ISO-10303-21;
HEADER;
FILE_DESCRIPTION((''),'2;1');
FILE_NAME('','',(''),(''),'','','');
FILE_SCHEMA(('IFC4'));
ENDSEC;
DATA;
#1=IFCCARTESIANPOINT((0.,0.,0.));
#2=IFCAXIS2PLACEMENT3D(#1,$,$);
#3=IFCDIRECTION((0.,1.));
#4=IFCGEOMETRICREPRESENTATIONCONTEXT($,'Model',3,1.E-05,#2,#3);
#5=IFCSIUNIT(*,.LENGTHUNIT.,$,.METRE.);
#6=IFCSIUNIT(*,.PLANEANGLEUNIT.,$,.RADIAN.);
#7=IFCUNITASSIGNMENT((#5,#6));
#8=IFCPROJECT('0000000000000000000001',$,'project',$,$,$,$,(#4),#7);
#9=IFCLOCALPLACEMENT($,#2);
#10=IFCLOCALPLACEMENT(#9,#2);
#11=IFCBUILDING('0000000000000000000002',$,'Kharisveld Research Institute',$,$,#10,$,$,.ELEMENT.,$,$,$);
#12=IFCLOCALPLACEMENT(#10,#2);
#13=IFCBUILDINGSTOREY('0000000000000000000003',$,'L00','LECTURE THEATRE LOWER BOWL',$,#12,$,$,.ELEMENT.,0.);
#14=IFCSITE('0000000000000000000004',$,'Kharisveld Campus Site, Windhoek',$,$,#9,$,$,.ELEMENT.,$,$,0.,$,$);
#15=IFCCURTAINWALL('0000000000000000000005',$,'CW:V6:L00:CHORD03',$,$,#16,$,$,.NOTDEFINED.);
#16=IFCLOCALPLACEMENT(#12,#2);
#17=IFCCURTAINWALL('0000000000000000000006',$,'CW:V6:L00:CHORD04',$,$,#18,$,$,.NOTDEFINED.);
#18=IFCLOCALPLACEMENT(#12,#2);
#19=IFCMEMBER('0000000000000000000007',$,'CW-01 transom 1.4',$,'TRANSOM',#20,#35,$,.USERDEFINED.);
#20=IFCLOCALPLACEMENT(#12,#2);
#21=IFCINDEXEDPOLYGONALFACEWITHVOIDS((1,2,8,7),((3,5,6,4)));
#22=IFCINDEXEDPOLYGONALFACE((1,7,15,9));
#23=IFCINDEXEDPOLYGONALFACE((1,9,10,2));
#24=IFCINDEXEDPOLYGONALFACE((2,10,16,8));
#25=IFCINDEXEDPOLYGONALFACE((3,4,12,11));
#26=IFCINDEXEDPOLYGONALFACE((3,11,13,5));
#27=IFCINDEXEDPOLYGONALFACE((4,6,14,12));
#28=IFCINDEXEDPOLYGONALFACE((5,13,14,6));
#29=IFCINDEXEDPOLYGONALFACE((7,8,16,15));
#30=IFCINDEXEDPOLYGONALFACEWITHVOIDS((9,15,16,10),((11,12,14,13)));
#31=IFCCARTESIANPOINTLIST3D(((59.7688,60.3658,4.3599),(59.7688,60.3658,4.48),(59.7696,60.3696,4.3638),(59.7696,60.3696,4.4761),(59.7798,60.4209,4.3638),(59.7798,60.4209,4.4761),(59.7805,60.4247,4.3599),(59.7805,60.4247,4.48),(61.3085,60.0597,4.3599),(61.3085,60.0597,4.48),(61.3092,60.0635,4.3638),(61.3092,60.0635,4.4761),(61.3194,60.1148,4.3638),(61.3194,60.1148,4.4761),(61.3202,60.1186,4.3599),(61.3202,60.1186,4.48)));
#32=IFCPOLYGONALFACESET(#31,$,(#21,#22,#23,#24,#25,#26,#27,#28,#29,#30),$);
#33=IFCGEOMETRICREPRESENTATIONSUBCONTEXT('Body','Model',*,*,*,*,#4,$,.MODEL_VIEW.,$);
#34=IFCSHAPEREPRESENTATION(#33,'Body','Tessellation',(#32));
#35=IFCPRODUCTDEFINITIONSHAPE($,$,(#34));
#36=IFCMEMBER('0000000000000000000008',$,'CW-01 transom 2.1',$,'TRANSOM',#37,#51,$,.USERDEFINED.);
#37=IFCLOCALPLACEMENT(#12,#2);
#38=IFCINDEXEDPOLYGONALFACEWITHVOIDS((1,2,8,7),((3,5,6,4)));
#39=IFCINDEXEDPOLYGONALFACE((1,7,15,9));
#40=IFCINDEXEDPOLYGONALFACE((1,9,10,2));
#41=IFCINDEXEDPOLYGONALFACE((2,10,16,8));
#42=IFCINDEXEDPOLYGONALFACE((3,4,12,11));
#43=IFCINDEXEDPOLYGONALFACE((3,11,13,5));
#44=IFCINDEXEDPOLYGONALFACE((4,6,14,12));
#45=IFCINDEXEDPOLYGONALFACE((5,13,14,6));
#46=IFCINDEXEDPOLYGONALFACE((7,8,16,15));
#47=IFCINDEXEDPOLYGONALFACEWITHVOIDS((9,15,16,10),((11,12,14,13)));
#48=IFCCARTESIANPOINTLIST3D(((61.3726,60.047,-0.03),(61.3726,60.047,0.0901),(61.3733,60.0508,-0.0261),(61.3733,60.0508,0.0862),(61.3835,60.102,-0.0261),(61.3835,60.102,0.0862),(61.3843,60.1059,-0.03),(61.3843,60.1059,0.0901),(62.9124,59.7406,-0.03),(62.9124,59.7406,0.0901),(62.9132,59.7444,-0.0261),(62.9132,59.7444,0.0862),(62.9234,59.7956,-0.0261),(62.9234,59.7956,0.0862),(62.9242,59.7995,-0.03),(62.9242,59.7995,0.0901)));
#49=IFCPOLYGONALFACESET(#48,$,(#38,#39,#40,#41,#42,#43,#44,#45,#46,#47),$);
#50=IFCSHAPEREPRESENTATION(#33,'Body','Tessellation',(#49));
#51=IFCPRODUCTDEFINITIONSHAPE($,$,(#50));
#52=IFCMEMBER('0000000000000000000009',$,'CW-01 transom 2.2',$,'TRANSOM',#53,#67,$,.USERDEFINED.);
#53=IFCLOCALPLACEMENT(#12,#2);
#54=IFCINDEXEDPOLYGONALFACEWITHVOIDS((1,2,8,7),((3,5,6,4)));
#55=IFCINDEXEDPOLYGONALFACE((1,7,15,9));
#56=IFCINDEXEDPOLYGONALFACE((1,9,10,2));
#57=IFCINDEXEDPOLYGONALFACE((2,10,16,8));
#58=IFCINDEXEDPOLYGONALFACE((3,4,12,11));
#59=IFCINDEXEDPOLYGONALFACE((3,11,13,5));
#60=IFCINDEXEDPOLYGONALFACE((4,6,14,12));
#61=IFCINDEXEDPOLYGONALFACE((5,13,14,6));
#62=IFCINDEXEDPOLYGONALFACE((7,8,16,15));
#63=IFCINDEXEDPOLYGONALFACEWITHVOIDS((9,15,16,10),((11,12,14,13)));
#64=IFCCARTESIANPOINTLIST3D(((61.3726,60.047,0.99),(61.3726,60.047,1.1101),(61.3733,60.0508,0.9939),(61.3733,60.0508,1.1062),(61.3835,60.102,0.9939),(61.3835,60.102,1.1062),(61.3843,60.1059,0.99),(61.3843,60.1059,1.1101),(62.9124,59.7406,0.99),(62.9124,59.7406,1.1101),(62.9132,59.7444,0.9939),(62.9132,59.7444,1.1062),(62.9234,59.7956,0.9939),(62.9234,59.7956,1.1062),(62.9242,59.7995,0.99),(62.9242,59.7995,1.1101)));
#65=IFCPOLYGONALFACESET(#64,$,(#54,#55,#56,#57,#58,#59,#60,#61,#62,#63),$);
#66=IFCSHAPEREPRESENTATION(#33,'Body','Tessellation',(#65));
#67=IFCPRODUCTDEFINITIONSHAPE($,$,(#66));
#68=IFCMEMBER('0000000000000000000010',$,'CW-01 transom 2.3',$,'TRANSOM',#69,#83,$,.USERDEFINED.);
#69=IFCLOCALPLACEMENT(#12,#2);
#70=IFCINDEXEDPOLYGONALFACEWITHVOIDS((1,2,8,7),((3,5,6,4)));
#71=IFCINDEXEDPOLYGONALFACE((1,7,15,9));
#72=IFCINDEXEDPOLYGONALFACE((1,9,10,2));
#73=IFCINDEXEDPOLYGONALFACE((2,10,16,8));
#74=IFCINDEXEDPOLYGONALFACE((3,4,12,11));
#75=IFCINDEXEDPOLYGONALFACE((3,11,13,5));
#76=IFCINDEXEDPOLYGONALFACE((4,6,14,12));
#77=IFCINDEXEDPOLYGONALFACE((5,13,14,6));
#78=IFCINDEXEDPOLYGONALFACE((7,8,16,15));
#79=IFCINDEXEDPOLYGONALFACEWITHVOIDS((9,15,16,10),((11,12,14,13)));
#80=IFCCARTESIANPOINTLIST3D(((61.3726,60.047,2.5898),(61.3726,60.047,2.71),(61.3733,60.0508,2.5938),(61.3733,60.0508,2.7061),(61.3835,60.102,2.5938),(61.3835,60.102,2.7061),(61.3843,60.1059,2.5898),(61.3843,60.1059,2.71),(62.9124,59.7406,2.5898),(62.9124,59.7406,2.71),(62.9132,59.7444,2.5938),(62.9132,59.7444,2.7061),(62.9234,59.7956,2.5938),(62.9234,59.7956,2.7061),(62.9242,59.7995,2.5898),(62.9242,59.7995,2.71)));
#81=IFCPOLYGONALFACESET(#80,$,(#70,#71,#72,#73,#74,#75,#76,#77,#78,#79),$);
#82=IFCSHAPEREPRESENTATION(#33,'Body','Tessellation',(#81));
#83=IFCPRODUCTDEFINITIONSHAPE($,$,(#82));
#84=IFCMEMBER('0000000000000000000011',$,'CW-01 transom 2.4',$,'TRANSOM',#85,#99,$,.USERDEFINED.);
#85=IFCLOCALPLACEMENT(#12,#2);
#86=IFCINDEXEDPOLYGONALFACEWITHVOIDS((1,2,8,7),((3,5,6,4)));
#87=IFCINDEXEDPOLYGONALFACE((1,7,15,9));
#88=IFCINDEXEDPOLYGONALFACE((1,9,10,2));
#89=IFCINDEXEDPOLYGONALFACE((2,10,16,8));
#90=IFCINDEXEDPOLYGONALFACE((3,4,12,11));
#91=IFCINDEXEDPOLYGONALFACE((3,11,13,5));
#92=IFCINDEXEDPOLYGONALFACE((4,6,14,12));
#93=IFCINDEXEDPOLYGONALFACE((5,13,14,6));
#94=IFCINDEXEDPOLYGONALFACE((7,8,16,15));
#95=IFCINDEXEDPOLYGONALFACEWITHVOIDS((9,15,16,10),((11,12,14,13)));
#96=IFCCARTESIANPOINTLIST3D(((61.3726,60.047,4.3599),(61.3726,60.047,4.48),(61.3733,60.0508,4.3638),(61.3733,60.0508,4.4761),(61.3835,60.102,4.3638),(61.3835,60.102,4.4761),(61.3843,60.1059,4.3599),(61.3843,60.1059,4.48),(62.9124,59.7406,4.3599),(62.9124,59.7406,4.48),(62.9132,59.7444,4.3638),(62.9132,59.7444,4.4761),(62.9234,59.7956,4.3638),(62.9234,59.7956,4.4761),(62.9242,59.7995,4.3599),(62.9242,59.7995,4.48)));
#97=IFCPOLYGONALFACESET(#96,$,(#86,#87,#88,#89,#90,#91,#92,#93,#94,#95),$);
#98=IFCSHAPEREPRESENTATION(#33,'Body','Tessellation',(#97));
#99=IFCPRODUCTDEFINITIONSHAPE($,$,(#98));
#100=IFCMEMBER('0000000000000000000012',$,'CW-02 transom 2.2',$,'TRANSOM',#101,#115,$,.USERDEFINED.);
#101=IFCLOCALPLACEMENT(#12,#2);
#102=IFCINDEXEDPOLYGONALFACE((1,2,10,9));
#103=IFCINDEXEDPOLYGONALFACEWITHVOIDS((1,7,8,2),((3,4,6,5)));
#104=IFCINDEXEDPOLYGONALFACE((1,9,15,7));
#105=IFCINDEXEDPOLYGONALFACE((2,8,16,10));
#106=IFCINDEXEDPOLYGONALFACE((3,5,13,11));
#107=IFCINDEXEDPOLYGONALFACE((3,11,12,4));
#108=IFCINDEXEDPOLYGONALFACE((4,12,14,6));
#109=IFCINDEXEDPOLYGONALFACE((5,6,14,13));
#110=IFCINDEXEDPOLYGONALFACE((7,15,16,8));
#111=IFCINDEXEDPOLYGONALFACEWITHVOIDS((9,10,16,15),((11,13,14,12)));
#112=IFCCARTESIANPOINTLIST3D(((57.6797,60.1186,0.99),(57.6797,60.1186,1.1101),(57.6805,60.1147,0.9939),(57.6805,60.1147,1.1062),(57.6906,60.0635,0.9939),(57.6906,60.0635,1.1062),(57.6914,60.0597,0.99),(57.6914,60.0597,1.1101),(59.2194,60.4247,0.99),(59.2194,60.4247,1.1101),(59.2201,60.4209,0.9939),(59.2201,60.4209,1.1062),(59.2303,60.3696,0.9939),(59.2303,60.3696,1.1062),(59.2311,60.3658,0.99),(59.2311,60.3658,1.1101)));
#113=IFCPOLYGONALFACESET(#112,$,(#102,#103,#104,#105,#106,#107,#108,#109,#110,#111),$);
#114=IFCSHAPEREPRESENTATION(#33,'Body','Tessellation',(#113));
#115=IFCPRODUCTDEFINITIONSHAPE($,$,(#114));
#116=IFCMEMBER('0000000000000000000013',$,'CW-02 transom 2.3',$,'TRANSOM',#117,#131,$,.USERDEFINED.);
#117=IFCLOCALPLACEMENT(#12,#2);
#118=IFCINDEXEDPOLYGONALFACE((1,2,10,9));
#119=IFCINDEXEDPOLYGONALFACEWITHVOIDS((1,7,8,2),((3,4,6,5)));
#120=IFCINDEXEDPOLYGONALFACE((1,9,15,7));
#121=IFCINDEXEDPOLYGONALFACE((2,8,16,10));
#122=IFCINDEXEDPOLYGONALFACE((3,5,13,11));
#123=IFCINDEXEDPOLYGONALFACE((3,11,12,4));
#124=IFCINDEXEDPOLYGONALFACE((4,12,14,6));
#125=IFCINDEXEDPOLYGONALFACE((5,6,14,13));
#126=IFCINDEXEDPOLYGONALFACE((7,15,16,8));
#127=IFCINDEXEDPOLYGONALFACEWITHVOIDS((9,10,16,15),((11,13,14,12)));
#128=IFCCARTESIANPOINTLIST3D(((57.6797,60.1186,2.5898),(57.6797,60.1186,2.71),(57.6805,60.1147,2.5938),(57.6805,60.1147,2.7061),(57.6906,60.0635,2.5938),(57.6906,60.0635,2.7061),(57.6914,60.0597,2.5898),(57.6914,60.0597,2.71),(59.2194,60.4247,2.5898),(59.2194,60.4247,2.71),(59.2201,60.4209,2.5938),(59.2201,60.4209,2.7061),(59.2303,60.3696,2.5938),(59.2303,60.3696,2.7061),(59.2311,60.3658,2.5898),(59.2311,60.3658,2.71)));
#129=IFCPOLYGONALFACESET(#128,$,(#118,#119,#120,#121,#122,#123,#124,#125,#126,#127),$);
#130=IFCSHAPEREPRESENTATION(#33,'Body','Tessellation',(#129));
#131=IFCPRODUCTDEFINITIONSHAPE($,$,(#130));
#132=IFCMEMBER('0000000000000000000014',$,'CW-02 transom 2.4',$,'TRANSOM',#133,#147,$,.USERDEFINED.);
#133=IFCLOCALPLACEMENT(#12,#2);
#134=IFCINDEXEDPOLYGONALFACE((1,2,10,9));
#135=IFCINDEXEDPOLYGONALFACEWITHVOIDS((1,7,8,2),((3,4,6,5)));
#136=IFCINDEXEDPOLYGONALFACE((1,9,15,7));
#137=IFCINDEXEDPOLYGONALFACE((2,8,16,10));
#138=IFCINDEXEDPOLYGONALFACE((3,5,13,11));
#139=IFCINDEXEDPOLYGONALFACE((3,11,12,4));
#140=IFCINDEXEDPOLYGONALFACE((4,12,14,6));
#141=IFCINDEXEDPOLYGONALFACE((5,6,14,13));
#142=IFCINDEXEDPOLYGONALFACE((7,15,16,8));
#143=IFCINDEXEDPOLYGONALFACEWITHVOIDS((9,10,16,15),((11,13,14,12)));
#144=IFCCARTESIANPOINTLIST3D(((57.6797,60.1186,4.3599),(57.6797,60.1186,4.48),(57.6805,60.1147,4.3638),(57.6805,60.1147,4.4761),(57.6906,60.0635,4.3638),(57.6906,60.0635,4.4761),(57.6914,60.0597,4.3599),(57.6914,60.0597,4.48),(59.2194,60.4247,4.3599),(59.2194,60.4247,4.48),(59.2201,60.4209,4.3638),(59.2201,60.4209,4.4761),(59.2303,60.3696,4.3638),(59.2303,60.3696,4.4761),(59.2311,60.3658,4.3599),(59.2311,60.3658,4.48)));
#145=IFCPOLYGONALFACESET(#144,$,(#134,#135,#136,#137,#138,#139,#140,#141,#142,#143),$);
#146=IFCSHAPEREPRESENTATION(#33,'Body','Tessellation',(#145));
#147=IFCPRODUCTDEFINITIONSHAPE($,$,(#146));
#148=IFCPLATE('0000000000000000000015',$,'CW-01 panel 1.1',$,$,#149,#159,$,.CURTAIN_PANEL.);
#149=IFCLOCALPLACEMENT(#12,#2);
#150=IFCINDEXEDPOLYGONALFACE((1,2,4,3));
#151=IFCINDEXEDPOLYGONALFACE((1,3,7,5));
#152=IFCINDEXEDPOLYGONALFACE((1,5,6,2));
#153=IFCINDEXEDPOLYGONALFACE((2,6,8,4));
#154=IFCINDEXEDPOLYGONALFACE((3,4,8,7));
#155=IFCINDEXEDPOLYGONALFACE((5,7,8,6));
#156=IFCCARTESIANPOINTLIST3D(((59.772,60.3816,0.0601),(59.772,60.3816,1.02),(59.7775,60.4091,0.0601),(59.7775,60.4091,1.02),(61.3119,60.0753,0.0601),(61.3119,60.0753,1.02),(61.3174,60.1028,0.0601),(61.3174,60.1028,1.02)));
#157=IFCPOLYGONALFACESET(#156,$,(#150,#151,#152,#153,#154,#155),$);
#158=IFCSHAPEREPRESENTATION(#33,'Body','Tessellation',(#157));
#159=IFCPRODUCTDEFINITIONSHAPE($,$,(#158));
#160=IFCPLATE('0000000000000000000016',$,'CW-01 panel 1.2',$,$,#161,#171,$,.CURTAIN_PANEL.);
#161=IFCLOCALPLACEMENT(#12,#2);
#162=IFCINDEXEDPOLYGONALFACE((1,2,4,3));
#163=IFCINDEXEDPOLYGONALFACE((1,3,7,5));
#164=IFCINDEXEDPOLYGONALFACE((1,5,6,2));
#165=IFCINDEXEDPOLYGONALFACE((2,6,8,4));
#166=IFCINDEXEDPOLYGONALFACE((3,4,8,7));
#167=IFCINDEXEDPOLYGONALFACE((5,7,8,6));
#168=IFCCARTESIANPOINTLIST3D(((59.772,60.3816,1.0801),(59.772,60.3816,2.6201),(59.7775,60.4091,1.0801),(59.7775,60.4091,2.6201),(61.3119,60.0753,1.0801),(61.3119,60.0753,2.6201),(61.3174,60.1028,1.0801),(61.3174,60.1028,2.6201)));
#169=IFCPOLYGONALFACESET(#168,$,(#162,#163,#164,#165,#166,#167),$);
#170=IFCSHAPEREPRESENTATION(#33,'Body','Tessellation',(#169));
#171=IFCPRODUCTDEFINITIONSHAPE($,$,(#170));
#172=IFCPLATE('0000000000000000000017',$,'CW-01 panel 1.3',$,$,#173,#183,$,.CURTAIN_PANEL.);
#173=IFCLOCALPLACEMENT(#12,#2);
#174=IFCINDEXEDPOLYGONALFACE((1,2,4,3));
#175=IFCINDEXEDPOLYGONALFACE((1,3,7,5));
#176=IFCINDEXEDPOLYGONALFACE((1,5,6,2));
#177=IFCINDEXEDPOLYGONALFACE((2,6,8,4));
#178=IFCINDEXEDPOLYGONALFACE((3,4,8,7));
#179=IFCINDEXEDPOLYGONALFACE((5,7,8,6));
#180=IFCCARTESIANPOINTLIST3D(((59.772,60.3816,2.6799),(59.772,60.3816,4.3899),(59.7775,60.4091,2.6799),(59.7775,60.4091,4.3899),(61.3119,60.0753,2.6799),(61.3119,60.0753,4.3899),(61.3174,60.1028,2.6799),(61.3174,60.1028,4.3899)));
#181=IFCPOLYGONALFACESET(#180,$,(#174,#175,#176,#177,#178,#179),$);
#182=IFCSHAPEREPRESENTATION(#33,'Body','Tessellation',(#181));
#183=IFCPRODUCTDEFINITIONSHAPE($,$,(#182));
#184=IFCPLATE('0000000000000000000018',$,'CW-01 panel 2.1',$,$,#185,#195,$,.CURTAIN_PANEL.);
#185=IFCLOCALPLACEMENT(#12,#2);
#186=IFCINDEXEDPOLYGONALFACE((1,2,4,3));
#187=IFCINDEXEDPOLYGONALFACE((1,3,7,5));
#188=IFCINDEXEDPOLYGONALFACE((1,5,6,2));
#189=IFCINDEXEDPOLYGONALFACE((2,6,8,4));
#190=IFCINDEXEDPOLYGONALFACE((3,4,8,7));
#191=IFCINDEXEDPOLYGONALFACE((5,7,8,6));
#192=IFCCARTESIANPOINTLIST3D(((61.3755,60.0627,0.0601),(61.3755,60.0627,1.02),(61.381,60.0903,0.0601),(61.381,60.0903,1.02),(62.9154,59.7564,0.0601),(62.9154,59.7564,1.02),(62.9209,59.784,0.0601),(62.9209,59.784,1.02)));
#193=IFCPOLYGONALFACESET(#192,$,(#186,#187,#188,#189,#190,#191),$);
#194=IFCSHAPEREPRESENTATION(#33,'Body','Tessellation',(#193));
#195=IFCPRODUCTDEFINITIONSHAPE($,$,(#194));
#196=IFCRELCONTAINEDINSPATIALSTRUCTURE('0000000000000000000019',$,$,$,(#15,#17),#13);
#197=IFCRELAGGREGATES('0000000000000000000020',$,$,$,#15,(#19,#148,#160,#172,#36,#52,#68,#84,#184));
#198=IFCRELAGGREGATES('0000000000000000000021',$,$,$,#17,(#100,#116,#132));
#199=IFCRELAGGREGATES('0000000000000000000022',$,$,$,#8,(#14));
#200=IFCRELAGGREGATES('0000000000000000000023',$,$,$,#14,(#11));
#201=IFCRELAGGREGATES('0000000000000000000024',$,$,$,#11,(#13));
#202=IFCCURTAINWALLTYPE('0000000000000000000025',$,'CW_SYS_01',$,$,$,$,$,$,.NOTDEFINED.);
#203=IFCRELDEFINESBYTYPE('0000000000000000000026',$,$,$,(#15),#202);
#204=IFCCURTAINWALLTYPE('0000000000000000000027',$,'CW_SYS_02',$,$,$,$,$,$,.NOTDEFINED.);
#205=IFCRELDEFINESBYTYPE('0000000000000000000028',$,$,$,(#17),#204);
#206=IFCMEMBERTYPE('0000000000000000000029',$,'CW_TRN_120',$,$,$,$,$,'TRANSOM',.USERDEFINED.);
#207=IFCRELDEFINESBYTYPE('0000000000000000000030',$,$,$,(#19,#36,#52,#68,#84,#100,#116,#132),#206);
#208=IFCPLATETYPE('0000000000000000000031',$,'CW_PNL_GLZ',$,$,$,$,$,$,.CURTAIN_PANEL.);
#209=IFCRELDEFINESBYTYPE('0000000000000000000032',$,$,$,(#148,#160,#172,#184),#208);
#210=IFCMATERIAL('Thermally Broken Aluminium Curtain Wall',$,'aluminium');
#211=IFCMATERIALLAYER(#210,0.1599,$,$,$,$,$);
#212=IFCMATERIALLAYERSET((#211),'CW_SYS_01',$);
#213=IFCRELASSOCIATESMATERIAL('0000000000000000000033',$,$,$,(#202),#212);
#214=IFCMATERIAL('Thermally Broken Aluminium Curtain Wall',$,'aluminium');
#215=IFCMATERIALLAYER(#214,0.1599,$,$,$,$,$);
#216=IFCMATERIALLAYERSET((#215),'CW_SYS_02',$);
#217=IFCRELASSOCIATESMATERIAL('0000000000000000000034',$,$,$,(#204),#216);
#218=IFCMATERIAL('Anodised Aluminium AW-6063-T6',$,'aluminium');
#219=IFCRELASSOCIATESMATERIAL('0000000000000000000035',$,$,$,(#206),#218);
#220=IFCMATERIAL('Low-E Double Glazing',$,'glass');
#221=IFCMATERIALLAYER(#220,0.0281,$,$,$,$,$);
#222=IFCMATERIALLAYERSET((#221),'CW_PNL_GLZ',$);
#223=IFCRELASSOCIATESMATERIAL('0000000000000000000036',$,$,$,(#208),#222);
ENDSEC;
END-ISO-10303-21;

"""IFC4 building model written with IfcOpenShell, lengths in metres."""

from ifc_helpers import new_model, si_unit, direction, frame, origin, origin_2d, place, context, subcontext, project, spatial, rectangle, hollow_rectangle, extrude, material, layer, layer_set, material_profile, profile_set, type_object, element, aggregate, save


model = new_model("IFC4")

# Units and contexts
model_context = context("Model", 3, precision=1e-05, world=origin(), true_north=direction((0.0, 1.0)))
body_context = subcontext(model_context, "Body", "Model", "MODEL_VIEW")
ifc_project = project(units=[si_unit("LENGTHUNIT", "METRE"), si_unit("PLANEANGLEUNIT", "RADIAN")], contexts=[model_context])

# Site, building, storey
site_placement = place(None, origin())
site = spatial("IfcSite", under=ifc_project, at=site_placement, Name="Kharisveld Campus Site, Windhoek", CompositionType="ELEMENT", RefElevation=0.0)
building_placement = place(site_placement, origin())
building = spatial("IfcBuilding", under=site, at=building_placement, Name="Kharisveld Research Institute", CompositionType="ELEMENT")
storey_placement = place(building_placement, origin())
storey = spatial("IfcBuildingStorey", under=building, at=storey_placement, Name="L00", Description="LECTURE THEATRE LOWER BOWL", CompositionType="ELEMENT", Elevation=0.0)

# Curtain wall
ifc_material_1 = material(Name="Thermally Broken Aluminium Curtain Wall", Category="aluminium")
ifc_layer_1 = layer(ifc_material_1, 0.1599)
ifc_layer_set_1 = layer_set([ifc_layer_1], Name="CW_SYS_01")
curtain_wall_type_1 = type_object("IfcCurtainWallType", Name="CW_SYS_01", PredefinedType="NOTDEFINED", material=ifc_layer_set_1)
curtain_wall_1_placement = place(storey_placement, origin())
curtain_wall_1 = element("IfcCurtainWall", 1, at=curtain_wall_1_placement, inside=storey, type_object=curtain_wall_type_1, Name="CW:V6:L00:CHORD03", PredefinedType="NOTDEFINED")

# Curtain wall
ifc_material_2 = material(Name="Thermally Broken Aluminium Curtain Wall", Category="aluminium")
ifc_layer_2 = layer(ifc_material_2, 0.1599)
ifc_layer_set_2 = layer_set([ifc_layer_2], Name="CW_SYS_02")
curtain_wall_type_2 = type_object("IfcCurtainWallType", Name="CW_SYS_02", PredefinedType="NOTDEFINED", material=ifc_layer_set_2)
curtain_wall_2_placement = place(storey_placement, origin())
curtain_wall_2 = element("IfcCurtainWall", 2, at=curtain_wall_2_placement, inside=storey, type_object=curtain_wall_type_2, Name="CW:V6:L00:CHORD04", PredefinedType="NOTDEFINED")

# Members
ifc_material_3 = material(Name="Anodised Aluminium AW-6063-T6", Category="aluminium")
ifc_material_profile_1 = material_profile(ifc_material_3, hollow_rectangle(XDim=0.0601, YDim=0.1201, WallThickness=0.0039, at=origin_2d()))
ifc_profile_set_1 = profile_set([ifc_material_profile_1], Name="Anodised Aluminium AW-6063-T6")
member_type_1 = type_object("IfcMemberType", Name="CW_TRN_120", ElementType="TRANSOM", PredefinedType="USERDEFINED", material=ifc_profile_set_1)
member_1_placement = place(storey_placement, frame((59.7747, 60.3953, 4.4199), z_axis=(0.980801, -0.195009, 0.0), x_axis=(0.195009, 0.980801, 0.0)))
member_1 = element("IfcMember", 3, at=member_1_placement, type_object=member_type_1, Name="CW-01 transom 1.4", ObjectType="TRANSOM", PredefinedType="USERDEFINED", context=body_context, shape_type="SweptSolid", body=[
    extrude(hollow_rectangle(XDim=0.0601, YDim=0.1201, WallThickness=0.0039, at=origin_2d()), origin(), (0.0, 0.0, 1.0), 1.5698),
])
member_2_placement = place(storey_placement, frame((61.3784, 60.0764, 0.03), z_axis=(0.980772, -0.195159, 0.0), x_axis=(0.195159, 0.980772, 0.0)))
member_2 = element("IfcMember", 4, at=member_2_placement, type_object=member_type_1, Name="CW-01 transom 2.1", ObjectType="TRANSOM", PredefinedType="USERDEFINED", context=body_context, shape_type="SweptSolid", body=[
    extrude(hollow_rectangle(XDim=0.0601, YDim=0.1201, WallThickness=0.0039, at=origin_2d()), origin(), (0.0, 0.0, 1.0), 1.5701),
])
member_3_placement = place(storey_placement, frame((61.3784, 60.0764, 1.05), z_axis=(0.980772, -0.195159, 0.0), x_axis=(0.195159, 0.980772, 0.0)))
member_3 = element("IfcMember", 5, at=member_3_placement, type_object=member_type_1, Name="CW-01 transom 2.2", ObjectType="TRANSOM", PredefinedType="USERDEFINED", context=body_context, shape_type="SweptSolid", body=[
    extrude(hollow_rectangle(XDim=0.0601, YDim=0.1201, WallThickness=0.0039, at=origin_2d()), origin(), (0.0, 0.0, 1.0), 1.5701),
])
member_4_placement = place(storey_placement, frame((61.3784, 60.0764, 2.6499), z_axis=(0.980772, -0.195159, 0.0), x_axis=(0.195159, 0.980772, 0.0)))
member_4 = element("IfcMember", 6, at=member_4_placement, type_object=member_type_1, Name="CW-01 transom 2.3", ObjectType="TRANSOM", PredefinedType="USERDEFINED", context=body_context, shape_type="SweptSolid", body=[
    extrude(hollow_rectangle(XDim=0.0601, YDim=0.1201, WallThickness=0.0039, at=origin_2d()), origin(), (0.0, 0.0, 1.0), 1.5701),
])
member_5_placement = place(storey_placement, frame((61.3784, 60.0764, 4.4199), z_axis=(0.980772, -0.195159, 0.0), x_axis=(0.195159, 0.980772, 0.0)))
member_5 = element("IfcMember", 7, at=member_5_placement, type_object=member_type_1, Name="CW-01 transom 2.4", ObjectType="TRANSOM", PredefinedType="USERDEFINED", context=body_context, shape_type="SweptSolid", body=[
    extrude(hollow_rectangle(XDim=0.0601, YDim=0.1201, WallThickness=0.0039, at=origin_2d()), origin(), (0.0, 0.0, 1.0), 1.5701),
])
member_6_placement = place(storey_placement, frame((57.6855, 60.0891, 1.05), z_axis=(0.980801, 0.195009, 0.0), x_axis=(-0.195009, 0.980801, 0.0)))
member_6 = element("IfcMember", 8, at=member_6_placement, type_object=member_type_1, Name="CW-02 transom 2.2", ObjectType="TRANSOM", PredefinedType="USERDEFINED", context=body_context, shape_type="SweptSolid", body=[
    extrude(hollow_rectangle(XDim=0.0601, YDim=0.1201, WallThickness=0.0039, at=origin_2d()), origin(), (0.0, 0.0, 1.0), 1.5698),
])
member_7_placement = place(storey_placement, frame((57.6855, 60.0891, 2.6499), z_axis=(0.980801, 0.195009, 0.0), x_axis=(-0.195009, 0.980801, 0.0)))
member_7 = element("IfcMember", 9, at=member_7_placement, type_object=member_type_1, Name="CW-02 transom 2.3", ObjectType="TRANSOM", PredefinedType="USERDEFINED", context=body_context, shape_type="SweptSolid", body=[
    extrude(hollow_rectangle(XDim=0.0601, YDim=0.1201, WallThickness=0.0039, at=origin_2d()), origin(), (0.0, 0.0, 1.0), 1.5698),
])
member_8_placement = place(storey_placement, frame((57.6855, 60.0891, 4.4199), z_axis=(0.980801, 0.195009, 0.0), x_axis=(-0.195009, 0.980801, 0.0)))
member_8 = element("IfcMember", 10, at=member_8_placement, type_object=member_type_1, Name="CW-02 transom 2.4", ObjectType="TRANSOM", PredefinedType="USERDEFINED", context=body_context, shape_type="SweptSolid", body=[
    extrude(hollow_rectangle(XDim=0.0601, YDim=0.1201, WallThickness=0.0039, at=origin_2d()), origin(), (0.0, 0.0, 1.0), 1.5698),
])

# Plates
ifc_material_4 = material(Name="Low-E Double Glazing", Category="glass")
ifc_layer_3 = layer(ifc_material_4, 0.0281)
ifc_layer_set_3 = layer_set([ifc_layer_3], Name="CW_PNL_GLZ")
plate_type = type_object("IfcPlateType", Name="CW_PNL_GLZ", PredefinedType="CURTAIN_PANEL", material=ifc_layer_set_3)
plate_1_placement = place(storey_placement, frame((60.5447, 60.2422, 0.0601), z_axis=(0.0, 0.0, 1.0), x_axis=(0.980785, -0.195091, 0.0)))
plate_1 = element("IfcPlate", 11, at=plate_1_placement, type_object=plate_type, Name="CW-01 panel 1.1", PredefinedType="CURTAIN_PANEL", context=body_context, shape_type="SweptSolid", body=[
    extrude(rectangle(XDim=1.5701, YDim=0.0281, at=origin_2d()), origin(), (0.0, 0.0, 1.0), 0.96),
])
plate_2_placement = place(storey_placement, frame((60.5447, 60.2422, 1.0801), z_axis=(0.0, 0.0, 1.0), x_axis=(0.980785, -0.195091, 0.0)))
plate_2 = element("IfcPlate", 12, at=plate_2_placement, type_object=plate_type, Name="CW-01 panel 1.2", PredefinedType="CURTAIN_PANEL", context=body_context, shape_type="SweptSolid", body=[
    extrude(rectangle(XDim=1.5701, YDim=0.0281, at=origin_2d()), origin(), (0.0, 0.0, 1.0), 1.54),
])
plate_3_placement = place(storey_placement, frame((60.5447, 60.2422, 2.6799), z_axis=(0.0, 0.0, 1.0), x_axis=(0.980785, -0.195091, 0.0)))
plate_3 = element("IfcPlate", 13, at=plate_3_placement, type_object=plate_type, Name="CW-01 panel 1.3", PredefinedType="CURTAIN_PANEL", context=body_context, shape_type="SweptSolid", body=[
    extrude(rectangle(XDim=1.5701, YDim=0.0281, at=origin_2d()), origin(), (0.0, 0.0, 1.0), 1.71),
])
plate_4_placement = place(storey_placement, frame((62.1482, 59.9233, 0.0601), z_axis=(0.0, 0.0, 1.0), x_axis=(0.980785, -0.195091, 0.0)))
plate_4 = element("IfcPlate", 14, at=plate_4_placement, type_object=plate_type, Name="CW-01 panel 2.1", PredefinedType="CURTAIN_PANEL", context=body_context, shape_type="SweptSolid", body=[
    extrude(rectangle(XDim=1.5701, YDim=0.0281, at=origin_2d()), origin(), (0.0, 0.0, 1.0), 0.96),
])
aggregate(curtain_wall_1, [member_1, plate_1, plate_2, plate_3, member_2, member_3, member_4, member_5, plate_4])
aggregate(curtain_wall_2, [member_6, member_7, member_8])

save(model, "model.ifc")
